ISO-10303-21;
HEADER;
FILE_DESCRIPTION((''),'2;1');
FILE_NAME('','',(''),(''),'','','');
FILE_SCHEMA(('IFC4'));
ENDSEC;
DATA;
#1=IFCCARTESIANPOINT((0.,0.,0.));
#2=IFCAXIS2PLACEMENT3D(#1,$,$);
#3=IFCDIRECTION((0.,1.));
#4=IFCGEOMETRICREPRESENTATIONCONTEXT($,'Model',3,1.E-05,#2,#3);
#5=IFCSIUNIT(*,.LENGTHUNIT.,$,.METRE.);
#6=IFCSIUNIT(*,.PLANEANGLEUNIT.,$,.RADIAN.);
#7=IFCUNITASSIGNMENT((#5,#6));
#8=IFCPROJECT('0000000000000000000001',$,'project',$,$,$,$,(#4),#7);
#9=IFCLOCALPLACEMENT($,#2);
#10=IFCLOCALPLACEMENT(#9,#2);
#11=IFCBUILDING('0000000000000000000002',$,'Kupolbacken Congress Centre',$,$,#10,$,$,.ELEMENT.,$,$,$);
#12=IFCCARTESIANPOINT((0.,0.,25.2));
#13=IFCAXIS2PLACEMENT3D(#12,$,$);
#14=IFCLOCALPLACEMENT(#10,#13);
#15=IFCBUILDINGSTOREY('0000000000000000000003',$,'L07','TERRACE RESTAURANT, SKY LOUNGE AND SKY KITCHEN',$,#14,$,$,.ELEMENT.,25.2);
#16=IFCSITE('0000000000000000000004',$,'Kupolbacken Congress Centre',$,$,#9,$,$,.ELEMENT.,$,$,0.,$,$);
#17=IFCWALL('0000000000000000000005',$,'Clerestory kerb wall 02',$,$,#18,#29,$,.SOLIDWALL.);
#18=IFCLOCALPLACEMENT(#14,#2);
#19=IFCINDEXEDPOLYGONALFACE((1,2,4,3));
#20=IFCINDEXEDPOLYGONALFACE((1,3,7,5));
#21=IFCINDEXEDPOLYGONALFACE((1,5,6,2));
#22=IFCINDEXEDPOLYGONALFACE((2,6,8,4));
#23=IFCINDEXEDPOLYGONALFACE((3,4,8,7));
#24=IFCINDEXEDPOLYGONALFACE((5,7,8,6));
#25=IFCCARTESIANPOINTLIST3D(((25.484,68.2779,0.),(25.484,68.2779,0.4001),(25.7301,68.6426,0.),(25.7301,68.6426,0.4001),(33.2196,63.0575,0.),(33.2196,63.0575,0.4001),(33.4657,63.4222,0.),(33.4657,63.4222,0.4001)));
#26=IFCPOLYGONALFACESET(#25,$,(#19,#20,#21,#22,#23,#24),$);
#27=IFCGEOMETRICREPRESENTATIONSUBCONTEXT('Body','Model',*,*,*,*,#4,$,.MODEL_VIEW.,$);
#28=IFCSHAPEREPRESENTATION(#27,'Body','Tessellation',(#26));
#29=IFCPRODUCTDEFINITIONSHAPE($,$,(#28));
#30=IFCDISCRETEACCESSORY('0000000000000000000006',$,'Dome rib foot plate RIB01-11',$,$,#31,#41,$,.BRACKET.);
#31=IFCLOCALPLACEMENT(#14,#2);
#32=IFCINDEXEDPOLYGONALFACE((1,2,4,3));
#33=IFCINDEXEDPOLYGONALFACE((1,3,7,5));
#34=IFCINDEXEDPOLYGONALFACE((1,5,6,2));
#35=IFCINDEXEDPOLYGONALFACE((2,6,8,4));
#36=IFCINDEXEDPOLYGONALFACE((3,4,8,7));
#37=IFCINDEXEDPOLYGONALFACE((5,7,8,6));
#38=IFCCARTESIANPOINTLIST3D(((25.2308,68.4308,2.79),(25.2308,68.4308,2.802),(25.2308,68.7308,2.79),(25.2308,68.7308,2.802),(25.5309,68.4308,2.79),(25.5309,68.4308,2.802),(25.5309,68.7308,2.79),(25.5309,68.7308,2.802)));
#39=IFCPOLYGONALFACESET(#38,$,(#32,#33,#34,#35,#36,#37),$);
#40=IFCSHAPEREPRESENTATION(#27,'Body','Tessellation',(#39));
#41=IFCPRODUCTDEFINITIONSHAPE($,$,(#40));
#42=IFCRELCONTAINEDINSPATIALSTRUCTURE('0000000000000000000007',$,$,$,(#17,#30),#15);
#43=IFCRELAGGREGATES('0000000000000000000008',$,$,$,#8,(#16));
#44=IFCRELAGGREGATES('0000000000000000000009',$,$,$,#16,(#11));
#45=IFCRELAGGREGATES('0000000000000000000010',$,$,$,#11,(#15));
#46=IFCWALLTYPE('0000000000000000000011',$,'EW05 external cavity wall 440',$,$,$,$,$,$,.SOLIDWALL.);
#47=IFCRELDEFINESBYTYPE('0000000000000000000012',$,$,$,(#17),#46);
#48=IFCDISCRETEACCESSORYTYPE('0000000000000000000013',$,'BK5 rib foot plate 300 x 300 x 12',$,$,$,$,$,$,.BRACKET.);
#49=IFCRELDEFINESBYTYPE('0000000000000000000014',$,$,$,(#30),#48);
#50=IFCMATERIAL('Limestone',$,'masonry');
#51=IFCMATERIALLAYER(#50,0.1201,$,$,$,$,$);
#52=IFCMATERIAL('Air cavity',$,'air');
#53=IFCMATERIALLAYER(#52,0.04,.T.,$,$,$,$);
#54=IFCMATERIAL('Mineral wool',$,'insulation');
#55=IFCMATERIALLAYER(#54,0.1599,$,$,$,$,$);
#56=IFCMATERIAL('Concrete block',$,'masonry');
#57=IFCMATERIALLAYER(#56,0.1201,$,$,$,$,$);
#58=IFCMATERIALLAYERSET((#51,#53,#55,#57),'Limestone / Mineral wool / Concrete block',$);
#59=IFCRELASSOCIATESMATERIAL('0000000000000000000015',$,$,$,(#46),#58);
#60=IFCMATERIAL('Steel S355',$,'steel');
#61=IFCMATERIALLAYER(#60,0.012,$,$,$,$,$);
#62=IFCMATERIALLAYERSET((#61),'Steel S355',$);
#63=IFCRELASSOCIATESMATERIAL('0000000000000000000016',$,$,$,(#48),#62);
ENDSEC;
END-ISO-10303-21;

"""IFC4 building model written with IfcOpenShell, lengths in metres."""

from ifc_helpers import new_model, si_unit, direction, frame, frame_2d, origin, origin_2d, place, context, subcontext, project, spatial, rectangle, extrude, material, layer, layer_set, type_object, element, save


model = new_model("IFC4")

# Units and contexts
model_context = context("Model", 3, precision=1e-05, world=origin(), true_north=direction((0.0, 1.0)))
body_context = subcontext(model_context, "Body", "Model", "MODEL_VIEW")
ifc_project = project(units=[si_unit("LENGTHUNIT", "METRE"), si_unit("PLANEANGLEUNIT", "RADIAN")], contexts=[model_context])

# Site, building, storey
site_placement = place(None, origin())
site = spatial("IfcSite", under=ifc_project, at=site_placement, Name="Kupolbacken Congress Centre", CompositionType="ELEMENT", RefElevation=0.0)
building_placement = place(site_placement, origin())
building = spatial("IfcBuilding", under=site, at=building_placement, Name="Kupolbacken Congress Centre", CompositionType="ELEMENT")
storey_placement = place(building_placement, frame((0.0, 0.0, 25.2)))
storey = spatial("IfcBuildingStorey", under=building, at=storey_placement, Name="L07", Description="TERRACE RESTAURANT, SKY LOUNGE AND SKY KITCHEN", CompositionType="ELEMENT", Elevation=25.2)

# Wall
ifc_material_1 = material(Name="Limestone", Category="masonry")
ifc_layer_1 = layer(ifc_material_1, 0.1201)
ifc_material_2 = material(Name="Air cavity", Category="air")
ifc_layer_2 = layer(ifc_material_2, 0.04, ventilated=True)
ifc_material_3 = material(Name="Mineral wool", Category="insulation")
ifc_layer_3 = layer(ifc_material_3, 0.1599)
ifc_material_4 = material(Name="Concrete block", Category="masonry")
ifc_layer_4 = layer(ifc_material_4, 0.1201)
ifc_layer_set_1 = layer_set([ifc_layer_1, ifc_layer_2, ifc_layer_3, ifc_layer_4], Name="Limestone / Mineral wool / Concrete block")
wall_type = type_object("IfcWallType", Name="EW05 external cavity wall 440", PredefinedType="SOLIDWALL", material=ifc_layer_set_1)
wall_placement = place(storey_placement, frame((25.6072, 68.4602, 0.0), z_axis=(0.0, 0.0, 1.0), x_axis=(0.828902, -0.559394, 0.0)))
element("IfcWall", 1, at=wall_placement, inside=storey, type_object=wall_type, Name="Clerestory kerb wall 02", PredefinedType="SOLIDWALL", context=body_context, shape_type="SweptSolid", body=[
    extrude(rectangle(XDim=9.3323, YDim=0.4399, at=frame_2d((4.666, 0.0))), origin(), (0.0, 0.0, 1.0), 0.4001),
])

# Discrete accessory
ifc_material_5 = material(Name="Steel S355", Category="steel")
ifc_layer_5 = layer(ifc_material_5, 0.012)
ifc_layer_set_2 = layer_set([ifc_layer_5], Name="Steel S355")
discrete_accessory_type = type_object("IfcDiscreteAccessoryType", Name="BK5 rib foot plate 300 x 300 x 12", PredefinedType="BRACKET", material=ifc_layer_set_2)
discrete_accessory_placement = place(storey_placement, frame((25.3809, 68.5808, 2.79), z_axis=(0.0, 0.0, 1.0), x_axis=(1.0, 0.0, 0.0)))
element("IfcDiscreteAccessory", 2, at=discrete_accessory_placement, inside=storey, type_object=discrete_accessory_type, Name="Dome rib foot plate RIB01-11", PredefinedType="BRACKET", context=body_context, shape_type="SweptSolid", body=[
    extrude(rectangle(XDim=0.3, YDim=0.3, at=origin_2d()), origin(), (0.0, 0.0, 1.0), 0.012),
])

save(model, "model.ifc")
